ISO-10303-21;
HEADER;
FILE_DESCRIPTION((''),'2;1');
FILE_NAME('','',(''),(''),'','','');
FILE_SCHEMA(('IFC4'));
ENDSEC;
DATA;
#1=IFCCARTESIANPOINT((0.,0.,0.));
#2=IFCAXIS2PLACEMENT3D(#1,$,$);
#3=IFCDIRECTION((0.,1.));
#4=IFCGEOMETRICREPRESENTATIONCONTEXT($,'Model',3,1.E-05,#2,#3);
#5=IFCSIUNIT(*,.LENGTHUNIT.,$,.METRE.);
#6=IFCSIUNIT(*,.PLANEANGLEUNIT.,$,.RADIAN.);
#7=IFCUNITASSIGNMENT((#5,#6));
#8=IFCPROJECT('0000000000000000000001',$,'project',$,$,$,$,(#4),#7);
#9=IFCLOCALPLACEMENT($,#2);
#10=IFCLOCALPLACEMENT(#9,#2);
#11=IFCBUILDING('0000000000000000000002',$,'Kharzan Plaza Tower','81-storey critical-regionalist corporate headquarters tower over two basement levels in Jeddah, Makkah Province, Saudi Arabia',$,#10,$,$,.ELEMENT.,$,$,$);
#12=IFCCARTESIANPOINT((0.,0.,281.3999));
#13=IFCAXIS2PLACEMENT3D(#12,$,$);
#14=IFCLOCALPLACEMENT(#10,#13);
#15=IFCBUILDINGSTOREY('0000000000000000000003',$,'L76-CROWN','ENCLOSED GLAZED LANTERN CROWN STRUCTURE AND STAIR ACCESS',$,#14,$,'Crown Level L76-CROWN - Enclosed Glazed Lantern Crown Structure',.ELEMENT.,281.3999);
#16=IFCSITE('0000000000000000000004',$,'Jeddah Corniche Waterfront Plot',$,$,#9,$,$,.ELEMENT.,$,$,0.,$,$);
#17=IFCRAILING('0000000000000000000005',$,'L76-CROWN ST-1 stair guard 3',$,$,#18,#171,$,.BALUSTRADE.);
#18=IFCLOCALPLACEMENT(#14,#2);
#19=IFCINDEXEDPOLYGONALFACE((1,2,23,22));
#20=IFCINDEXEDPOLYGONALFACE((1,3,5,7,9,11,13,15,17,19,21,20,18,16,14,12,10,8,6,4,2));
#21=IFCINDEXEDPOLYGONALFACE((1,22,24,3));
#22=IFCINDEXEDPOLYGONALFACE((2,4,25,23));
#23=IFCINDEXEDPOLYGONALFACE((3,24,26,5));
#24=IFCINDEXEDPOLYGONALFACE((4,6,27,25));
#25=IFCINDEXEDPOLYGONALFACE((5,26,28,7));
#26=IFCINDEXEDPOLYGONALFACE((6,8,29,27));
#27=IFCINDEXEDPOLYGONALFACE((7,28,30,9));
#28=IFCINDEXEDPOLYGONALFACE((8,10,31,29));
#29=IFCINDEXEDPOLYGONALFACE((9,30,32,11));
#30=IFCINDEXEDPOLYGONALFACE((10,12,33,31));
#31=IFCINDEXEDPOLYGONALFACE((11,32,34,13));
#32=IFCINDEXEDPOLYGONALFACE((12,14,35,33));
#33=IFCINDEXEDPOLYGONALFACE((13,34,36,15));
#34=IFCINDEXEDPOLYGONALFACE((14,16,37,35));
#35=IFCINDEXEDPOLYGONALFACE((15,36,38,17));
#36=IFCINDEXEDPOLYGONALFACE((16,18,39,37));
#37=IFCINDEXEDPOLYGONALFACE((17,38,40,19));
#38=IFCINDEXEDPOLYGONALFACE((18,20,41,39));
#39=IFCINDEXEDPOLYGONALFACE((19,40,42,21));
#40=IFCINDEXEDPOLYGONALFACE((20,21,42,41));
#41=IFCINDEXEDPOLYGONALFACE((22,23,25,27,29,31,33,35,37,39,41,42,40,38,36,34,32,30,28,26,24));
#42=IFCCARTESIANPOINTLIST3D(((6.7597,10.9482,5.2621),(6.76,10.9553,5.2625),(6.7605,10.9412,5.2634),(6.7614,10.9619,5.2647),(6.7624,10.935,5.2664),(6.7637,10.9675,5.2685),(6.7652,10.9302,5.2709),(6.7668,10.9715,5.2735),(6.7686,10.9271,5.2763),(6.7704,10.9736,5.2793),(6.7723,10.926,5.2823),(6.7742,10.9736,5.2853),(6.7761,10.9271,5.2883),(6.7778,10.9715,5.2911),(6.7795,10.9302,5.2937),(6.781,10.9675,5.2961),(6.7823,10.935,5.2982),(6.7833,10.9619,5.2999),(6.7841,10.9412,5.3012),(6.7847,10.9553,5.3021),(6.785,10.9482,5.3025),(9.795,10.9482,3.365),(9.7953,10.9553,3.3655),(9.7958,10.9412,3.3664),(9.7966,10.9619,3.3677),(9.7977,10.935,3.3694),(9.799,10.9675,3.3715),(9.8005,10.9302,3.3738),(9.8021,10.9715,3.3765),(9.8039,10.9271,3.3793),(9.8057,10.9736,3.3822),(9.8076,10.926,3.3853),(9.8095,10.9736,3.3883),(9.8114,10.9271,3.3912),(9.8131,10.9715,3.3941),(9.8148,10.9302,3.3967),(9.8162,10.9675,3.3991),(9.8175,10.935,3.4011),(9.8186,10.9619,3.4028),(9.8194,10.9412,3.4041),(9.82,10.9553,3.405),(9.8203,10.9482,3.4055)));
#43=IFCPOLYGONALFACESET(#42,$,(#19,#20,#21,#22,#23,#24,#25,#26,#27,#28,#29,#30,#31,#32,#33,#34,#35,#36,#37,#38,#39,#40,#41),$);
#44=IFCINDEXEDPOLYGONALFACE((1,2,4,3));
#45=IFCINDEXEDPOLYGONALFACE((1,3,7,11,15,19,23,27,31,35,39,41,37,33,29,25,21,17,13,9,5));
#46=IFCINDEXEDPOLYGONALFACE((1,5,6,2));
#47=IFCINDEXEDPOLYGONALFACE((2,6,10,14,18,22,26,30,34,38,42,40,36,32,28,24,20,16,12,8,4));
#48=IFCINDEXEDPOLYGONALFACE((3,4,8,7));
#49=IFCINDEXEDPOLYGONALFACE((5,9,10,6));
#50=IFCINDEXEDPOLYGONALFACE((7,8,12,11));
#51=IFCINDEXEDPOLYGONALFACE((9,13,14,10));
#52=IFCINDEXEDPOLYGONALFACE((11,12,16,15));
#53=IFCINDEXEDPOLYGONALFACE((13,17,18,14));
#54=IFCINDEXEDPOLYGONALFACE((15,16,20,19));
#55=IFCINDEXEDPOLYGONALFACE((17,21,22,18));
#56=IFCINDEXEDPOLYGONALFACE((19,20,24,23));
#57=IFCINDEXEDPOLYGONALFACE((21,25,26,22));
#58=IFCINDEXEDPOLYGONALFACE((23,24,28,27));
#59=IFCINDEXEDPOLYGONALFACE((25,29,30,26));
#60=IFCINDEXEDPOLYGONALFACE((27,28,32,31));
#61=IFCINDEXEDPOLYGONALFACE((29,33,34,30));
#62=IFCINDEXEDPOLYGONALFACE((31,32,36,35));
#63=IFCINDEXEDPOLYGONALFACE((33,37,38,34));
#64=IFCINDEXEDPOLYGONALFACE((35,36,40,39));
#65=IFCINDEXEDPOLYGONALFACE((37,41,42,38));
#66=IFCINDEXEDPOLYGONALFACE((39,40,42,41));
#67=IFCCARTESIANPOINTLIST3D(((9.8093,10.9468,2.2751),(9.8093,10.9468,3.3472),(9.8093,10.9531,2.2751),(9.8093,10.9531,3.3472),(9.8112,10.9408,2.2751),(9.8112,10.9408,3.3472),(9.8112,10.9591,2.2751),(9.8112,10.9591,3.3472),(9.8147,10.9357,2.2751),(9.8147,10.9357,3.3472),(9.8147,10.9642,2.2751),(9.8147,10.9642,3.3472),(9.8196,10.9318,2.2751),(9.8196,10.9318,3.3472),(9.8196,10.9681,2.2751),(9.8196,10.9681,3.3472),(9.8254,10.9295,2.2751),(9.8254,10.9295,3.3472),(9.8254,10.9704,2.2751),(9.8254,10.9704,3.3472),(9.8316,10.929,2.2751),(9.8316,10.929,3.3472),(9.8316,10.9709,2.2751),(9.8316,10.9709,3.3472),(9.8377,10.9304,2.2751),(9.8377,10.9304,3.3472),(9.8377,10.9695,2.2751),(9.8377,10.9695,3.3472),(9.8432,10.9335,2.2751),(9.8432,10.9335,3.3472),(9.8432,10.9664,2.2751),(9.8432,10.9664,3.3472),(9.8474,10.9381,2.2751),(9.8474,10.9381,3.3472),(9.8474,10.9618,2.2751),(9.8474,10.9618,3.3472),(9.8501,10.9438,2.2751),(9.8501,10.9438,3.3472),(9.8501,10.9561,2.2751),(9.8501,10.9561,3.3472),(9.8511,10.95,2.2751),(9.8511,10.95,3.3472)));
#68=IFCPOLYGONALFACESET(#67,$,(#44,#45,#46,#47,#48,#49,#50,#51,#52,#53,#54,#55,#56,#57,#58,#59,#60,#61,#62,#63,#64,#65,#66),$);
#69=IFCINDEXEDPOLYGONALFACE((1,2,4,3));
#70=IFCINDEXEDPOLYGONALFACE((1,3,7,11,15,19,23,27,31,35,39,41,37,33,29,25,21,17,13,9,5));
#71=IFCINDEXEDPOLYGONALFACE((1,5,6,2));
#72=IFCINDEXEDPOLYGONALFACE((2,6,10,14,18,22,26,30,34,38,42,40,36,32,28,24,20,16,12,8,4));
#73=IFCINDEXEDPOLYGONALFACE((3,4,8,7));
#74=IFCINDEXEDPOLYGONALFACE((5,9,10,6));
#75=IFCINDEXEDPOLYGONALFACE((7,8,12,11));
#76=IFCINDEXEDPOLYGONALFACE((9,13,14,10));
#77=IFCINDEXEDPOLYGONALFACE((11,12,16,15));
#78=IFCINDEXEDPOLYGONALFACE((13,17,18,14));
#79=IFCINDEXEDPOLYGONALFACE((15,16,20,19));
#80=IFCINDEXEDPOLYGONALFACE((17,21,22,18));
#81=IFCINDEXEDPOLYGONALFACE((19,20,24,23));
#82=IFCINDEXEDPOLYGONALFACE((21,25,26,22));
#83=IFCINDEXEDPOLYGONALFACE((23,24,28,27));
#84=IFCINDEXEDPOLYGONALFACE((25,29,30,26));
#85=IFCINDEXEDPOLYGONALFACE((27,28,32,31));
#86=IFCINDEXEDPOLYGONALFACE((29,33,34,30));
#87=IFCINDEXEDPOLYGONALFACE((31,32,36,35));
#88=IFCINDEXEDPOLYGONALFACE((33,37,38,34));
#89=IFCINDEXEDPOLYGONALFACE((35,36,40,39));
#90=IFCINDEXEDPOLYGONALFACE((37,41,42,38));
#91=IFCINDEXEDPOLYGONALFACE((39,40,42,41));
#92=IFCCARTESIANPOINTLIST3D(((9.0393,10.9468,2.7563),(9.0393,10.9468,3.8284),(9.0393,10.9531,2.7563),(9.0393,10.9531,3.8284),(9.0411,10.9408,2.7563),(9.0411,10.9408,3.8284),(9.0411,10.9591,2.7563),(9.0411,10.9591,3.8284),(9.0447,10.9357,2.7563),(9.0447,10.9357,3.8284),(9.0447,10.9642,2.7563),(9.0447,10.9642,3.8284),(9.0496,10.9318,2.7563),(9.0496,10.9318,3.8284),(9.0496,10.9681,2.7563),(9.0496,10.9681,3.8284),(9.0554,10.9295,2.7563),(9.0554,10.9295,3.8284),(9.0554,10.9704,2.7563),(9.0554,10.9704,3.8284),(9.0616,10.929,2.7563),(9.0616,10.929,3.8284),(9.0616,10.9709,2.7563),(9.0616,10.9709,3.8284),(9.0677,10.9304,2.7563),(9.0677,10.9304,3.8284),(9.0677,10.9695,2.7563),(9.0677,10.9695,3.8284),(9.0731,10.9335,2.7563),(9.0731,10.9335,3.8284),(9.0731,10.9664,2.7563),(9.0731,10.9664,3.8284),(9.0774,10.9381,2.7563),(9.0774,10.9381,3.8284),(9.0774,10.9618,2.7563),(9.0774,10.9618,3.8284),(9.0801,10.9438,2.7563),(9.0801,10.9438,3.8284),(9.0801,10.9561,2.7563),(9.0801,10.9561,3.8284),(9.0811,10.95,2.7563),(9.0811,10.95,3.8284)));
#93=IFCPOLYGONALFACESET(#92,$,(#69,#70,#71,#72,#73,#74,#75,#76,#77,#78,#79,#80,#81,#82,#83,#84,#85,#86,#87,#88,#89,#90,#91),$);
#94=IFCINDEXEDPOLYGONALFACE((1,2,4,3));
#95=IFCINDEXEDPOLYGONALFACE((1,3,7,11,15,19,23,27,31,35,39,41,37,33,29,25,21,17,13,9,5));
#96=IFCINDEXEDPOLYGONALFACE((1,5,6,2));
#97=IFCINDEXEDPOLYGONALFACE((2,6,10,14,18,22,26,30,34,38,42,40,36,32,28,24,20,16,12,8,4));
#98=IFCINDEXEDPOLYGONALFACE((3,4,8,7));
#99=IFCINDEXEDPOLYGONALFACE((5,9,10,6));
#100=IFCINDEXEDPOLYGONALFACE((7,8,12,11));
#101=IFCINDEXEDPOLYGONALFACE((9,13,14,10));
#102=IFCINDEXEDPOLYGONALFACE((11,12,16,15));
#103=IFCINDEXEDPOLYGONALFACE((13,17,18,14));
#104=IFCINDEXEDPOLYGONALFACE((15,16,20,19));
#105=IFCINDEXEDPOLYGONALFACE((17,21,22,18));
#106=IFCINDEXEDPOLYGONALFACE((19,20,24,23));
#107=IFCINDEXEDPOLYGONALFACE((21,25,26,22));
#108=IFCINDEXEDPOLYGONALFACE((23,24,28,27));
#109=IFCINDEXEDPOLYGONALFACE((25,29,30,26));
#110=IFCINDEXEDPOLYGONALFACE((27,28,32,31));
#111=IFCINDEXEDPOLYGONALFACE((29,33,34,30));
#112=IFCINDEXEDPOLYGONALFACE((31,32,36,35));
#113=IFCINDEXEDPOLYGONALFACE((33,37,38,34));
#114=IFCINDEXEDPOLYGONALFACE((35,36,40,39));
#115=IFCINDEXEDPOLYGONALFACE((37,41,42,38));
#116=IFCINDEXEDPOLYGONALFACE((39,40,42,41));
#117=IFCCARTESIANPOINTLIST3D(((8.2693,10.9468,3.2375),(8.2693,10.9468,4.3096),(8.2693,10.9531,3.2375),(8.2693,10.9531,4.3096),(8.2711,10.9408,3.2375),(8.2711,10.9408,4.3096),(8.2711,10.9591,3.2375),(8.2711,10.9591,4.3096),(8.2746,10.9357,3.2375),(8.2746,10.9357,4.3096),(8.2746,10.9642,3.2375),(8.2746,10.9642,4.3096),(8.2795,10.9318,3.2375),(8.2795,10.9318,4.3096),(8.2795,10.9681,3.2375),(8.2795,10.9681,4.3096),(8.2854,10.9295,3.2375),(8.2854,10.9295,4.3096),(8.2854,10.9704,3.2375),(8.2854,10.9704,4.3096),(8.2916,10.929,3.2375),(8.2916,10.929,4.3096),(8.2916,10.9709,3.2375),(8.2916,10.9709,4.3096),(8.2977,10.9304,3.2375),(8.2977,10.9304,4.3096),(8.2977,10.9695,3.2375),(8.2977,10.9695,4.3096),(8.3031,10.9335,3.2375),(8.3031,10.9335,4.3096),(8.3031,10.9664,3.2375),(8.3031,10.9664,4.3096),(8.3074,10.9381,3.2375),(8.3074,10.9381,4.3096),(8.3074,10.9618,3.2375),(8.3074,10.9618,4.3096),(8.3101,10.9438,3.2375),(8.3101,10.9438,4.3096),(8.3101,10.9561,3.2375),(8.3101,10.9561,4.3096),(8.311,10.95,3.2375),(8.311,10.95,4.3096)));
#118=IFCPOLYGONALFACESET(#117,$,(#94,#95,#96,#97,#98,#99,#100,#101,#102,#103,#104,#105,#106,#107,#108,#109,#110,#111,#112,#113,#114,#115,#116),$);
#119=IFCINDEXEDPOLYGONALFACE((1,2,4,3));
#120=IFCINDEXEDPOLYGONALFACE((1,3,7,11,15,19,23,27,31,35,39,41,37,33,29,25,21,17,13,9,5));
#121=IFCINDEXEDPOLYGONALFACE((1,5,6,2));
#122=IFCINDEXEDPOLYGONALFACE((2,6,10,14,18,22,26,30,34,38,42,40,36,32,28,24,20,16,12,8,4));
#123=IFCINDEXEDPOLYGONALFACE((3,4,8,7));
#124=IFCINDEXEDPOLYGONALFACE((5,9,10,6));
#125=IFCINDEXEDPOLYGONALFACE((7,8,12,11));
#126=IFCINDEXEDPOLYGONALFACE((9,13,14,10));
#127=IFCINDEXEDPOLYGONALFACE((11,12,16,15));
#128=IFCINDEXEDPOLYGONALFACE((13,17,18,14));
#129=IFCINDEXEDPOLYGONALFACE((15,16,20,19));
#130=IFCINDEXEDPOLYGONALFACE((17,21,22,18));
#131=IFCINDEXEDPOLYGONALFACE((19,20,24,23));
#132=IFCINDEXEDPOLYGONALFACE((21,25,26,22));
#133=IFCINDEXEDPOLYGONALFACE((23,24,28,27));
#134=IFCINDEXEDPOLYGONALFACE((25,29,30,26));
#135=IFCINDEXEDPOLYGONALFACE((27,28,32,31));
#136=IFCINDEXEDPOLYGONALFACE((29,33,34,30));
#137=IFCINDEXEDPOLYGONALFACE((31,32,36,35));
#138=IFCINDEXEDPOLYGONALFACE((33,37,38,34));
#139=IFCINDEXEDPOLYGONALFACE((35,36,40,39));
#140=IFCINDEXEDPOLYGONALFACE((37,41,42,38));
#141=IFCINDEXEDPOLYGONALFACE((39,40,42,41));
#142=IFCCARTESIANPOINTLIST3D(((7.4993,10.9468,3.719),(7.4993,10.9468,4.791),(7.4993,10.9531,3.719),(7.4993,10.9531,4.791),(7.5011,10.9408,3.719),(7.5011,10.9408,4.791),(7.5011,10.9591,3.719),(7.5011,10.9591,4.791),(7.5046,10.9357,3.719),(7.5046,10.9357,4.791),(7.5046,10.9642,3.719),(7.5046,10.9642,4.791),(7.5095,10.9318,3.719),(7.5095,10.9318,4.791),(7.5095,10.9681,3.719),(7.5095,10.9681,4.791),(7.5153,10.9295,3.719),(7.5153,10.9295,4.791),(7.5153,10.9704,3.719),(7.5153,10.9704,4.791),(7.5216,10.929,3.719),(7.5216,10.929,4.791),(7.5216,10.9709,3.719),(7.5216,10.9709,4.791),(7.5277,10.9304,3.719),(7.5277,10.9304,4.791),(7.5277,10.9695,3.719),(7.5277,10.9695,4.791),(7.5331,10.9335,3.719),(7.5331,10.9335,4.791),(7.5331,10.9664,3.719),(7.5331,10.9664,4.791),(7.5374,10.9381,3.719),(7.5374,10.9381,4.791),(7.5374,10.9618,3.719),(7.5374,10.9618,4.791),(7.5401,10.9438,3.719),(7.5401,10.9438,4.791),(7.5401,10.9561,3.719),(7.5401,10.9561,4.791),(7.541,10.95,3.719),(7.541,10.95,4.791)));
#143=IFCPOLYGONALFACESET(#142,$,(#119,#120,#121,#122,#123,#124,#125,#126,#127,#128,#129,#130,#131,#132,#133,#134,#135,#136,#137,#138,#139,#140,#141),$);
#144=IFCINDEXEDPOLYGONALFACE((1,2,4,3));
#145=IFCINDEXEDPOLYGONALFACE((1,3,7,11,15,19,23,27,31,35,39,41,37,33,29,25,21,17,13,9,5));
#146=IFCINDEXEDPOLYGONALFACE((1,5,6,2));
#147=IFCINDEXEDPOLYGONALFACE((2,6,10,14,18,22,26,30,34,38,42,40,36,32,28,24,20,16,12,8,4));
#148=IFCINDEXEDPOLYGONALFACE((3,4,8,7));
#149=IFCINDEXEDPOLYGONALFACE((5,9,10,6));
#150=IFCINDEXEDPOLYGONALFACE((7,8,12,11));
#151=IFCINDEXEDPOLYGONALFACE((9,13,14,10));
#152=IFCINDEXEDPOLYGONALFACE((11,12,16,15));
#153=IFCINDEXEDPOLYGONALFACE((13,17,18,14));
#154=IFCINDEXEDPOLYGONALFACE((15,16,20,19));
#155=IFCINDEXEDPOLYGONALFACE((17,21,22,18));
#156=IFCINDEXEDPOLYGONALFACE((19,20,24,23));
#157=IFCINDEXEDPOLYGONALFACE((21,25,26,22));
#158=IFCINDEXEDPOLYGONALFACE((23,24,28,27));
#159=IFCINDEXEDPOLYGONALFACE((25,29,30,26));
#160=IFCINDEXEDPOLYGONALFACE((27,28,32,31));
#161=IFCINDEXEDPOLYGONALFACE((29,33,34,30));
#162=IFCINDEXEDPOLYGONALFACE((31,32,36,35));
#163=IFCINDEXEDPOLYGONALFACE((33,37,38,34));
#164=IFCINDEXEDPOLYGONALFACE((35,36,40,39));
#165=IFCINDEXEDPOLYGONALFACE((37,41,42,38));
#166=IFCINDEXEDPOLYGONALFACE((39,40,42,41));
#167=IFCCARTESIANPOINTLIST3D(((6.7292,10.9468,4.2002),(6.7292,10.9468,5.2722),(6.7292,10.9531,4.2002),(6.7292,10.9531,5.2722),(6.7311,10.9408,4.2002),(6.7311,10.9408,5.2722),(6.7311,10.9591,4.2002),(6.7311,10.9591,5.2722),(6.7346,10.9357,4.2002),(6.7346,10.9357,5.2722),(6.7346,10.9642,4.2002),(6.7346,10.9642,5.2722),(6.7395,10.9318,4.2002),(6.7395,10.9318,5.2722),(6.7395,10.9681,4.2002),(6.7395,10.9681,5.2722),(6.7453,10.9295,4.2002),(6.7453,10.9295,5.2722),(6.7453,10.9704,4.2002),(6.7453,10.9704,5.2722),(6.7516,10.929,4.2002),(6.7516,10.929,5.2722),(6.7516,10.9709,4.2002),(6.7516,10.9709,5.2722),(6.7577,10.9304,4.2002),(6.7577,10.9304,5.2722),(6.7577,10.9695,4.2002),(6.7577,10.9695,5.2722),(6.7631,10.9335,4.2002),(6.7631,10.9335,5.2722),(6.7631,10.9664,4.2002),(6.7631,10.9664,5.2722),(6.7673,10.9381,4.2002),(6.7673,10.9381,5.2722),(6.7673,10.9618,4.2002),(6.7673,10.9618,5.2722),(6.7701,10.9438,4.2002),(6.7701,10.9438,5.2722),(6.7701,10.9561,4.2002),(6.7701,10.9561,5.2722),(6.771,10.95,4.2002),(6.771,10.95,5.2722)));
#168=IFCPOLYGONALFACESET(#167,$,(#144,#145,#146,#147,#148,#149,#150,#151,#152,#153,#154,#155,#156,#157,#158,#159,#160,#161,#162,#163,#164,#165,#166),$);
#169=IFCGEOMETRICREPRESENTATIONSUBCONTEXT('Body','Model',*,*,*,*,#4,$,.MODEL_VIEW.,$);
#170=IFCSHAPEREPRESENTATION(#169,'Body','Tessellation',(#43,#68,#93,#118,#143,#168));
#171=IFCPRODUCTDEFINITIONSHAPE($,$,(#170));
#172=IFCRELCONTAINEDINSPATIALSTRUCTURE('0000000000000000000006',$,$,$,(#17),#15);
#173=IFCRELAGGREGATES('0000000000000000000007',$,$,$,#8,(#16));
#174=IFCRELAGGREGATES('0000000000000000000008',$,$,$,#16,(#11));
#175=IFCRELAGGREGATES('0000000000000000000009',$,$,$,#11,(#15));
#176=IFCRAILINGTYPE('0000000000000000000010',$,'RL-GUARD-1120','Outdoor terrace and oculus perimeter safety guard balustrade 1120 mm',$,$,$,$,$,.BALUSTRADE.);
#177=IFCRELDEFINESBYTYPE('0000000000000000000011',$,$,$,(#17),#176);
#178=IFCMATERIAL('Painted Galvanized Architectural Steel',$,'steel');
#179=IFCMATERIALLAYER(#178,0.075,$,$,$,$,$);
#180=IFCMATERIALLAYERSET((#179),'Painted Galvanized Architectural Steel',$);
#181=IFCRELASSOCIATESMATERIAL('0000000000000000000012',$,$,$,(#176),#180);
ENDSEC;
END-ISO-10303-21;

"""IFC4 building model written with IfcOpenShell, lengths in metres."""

from ifc_helpers import new_model, si_unit, direction, frame, origin, origin_2d, place, context, subcontext, project, spatial, circle, extrude, source, transform, mapped, material, layer, layer_set, type_object, element, save


model = new_model("IFC4")

# Units and contexts
model_context = context("Model", 3, precision=1e-05, world=origin(), true_north=direction((0.0, 1.0)))
body_context = subcontext(model_context, "Body", "Model", "MODEL_VIEW")
ifc_project = project(units=[si_unit("LENGTHUNIT", "METRE"), si_unit("PLANEANGLEUNIT", "RADIAN")], contexts=[model_context])

# Site, building, storey
site_placement = place(None, origin())
site = spatial("IfcSite", under=ifc_project, at=site_placement, Name="Jeddah Corniche Waterfront Plot", CompositionType="ELEMENT", RefElevation=0.0)
building_placement = place(site_placement, origin())
building = spatial("IfcBuilding", under=site, at=building_placement, Name="Kharzan Plaza Tower", Description="81-storey critical-regionalist corporate headquarters tower over two basement levels in Jeddah, Makkah Province, Saudi Arabia", CompositionType="ELEMENT")
storey_placement = place(building_placement, frame((0.0, 0.0, 281.3999)))
storey = spatial("IfcBuildingStorey", under=building, at=storey_placement, Name="L76-CROWN", Description="ENCLOSED GLAZED LANTERN CROWN STRUCTURE AND STAIR ACCESS", LongName="Crown Level L76-CROWN - Enclosed Glazed Lantern Crown Structure", CompositionType="ELEMENT", Elevation=281.3999)

# Railing
ifc_material_1 = material(Name="Painted Galvanized Architectural Steel", Category="steel")
ifc_layer_1 = layer(ifc_material_1, 0.075)
ifc_layer_set_1 = layer_set([ifc_layer_1], Name="Painted Galvanized Architectural Steel")
railing_type_1 = type_object("IfcRailingType", Name="RL-GUARD-1120", Description="Outdoor terrace and oculus perimeter safety guard balustrade 1120 mm", PredefinedType="BALUSTRADE", material=ifc_layer_set_1)
shared_shape_1 = source(origin(), body_context, "Body", "SweptSolid", [
    extrude(circle(Radius=0.0239, at=origin_2d()), frame((-0.0225, 0.0, 1.1101), z_axis=(-0.847998, 0.0, 0.529999), x_axis=(0.0, -1.0, 0.0)), (0.0, 0.0, 1.0), 3.5793),
    extrude(circle(Radius=0.021, at=origin_2d()), origin(), (0.0, 0.0, 1.0), 1.072),
    extrude(circle(Radius=0.021, at=origin_2d()), frame((-0.77, 0.0, 0.4812)), (0.0, 0.0, 1.0), 1.072),
    extrude(circle(Radius=0.021, at=origin_2d()), frame((-1.54, 0.0, 0.9624)), (0.0, 0.0, 1.0), 1.072),
    extrude(circle(Radius=0.021, at=origin_2d()), frame((-2.3101, 0.0, 1.4438)), (0.0, 0.0, 1.0), 1.072),
    extrude(circle(Radius=0.021, at=origin_2d()), frame((-3.0801, 0.0, 1.925)), (0.0, 0.0, 1.0), 1.072),
])
railing_1_placement = place(storey_placement, frame((9.8301, 10.95, 2.2751)))
element("IfcRailing", 1, at=railing_1_placement, inside=storey, type_object=railing_type_1, Name="L76-CROWN ST-1 stair guard 3", PredefinedType="BALUSTRADE", context=body_context, shape_type="MappedRepresentation", body=[
    mapped(shared_shape_1, transform((0.0, 0.0, 0.0), x_axis=(1.0, 0.0, 0.0), y_axis=(0.0, 1.0, 0.0), z_axis=(0.0, 0.0, 1.0))),
])

save(model, "model.ifc")
